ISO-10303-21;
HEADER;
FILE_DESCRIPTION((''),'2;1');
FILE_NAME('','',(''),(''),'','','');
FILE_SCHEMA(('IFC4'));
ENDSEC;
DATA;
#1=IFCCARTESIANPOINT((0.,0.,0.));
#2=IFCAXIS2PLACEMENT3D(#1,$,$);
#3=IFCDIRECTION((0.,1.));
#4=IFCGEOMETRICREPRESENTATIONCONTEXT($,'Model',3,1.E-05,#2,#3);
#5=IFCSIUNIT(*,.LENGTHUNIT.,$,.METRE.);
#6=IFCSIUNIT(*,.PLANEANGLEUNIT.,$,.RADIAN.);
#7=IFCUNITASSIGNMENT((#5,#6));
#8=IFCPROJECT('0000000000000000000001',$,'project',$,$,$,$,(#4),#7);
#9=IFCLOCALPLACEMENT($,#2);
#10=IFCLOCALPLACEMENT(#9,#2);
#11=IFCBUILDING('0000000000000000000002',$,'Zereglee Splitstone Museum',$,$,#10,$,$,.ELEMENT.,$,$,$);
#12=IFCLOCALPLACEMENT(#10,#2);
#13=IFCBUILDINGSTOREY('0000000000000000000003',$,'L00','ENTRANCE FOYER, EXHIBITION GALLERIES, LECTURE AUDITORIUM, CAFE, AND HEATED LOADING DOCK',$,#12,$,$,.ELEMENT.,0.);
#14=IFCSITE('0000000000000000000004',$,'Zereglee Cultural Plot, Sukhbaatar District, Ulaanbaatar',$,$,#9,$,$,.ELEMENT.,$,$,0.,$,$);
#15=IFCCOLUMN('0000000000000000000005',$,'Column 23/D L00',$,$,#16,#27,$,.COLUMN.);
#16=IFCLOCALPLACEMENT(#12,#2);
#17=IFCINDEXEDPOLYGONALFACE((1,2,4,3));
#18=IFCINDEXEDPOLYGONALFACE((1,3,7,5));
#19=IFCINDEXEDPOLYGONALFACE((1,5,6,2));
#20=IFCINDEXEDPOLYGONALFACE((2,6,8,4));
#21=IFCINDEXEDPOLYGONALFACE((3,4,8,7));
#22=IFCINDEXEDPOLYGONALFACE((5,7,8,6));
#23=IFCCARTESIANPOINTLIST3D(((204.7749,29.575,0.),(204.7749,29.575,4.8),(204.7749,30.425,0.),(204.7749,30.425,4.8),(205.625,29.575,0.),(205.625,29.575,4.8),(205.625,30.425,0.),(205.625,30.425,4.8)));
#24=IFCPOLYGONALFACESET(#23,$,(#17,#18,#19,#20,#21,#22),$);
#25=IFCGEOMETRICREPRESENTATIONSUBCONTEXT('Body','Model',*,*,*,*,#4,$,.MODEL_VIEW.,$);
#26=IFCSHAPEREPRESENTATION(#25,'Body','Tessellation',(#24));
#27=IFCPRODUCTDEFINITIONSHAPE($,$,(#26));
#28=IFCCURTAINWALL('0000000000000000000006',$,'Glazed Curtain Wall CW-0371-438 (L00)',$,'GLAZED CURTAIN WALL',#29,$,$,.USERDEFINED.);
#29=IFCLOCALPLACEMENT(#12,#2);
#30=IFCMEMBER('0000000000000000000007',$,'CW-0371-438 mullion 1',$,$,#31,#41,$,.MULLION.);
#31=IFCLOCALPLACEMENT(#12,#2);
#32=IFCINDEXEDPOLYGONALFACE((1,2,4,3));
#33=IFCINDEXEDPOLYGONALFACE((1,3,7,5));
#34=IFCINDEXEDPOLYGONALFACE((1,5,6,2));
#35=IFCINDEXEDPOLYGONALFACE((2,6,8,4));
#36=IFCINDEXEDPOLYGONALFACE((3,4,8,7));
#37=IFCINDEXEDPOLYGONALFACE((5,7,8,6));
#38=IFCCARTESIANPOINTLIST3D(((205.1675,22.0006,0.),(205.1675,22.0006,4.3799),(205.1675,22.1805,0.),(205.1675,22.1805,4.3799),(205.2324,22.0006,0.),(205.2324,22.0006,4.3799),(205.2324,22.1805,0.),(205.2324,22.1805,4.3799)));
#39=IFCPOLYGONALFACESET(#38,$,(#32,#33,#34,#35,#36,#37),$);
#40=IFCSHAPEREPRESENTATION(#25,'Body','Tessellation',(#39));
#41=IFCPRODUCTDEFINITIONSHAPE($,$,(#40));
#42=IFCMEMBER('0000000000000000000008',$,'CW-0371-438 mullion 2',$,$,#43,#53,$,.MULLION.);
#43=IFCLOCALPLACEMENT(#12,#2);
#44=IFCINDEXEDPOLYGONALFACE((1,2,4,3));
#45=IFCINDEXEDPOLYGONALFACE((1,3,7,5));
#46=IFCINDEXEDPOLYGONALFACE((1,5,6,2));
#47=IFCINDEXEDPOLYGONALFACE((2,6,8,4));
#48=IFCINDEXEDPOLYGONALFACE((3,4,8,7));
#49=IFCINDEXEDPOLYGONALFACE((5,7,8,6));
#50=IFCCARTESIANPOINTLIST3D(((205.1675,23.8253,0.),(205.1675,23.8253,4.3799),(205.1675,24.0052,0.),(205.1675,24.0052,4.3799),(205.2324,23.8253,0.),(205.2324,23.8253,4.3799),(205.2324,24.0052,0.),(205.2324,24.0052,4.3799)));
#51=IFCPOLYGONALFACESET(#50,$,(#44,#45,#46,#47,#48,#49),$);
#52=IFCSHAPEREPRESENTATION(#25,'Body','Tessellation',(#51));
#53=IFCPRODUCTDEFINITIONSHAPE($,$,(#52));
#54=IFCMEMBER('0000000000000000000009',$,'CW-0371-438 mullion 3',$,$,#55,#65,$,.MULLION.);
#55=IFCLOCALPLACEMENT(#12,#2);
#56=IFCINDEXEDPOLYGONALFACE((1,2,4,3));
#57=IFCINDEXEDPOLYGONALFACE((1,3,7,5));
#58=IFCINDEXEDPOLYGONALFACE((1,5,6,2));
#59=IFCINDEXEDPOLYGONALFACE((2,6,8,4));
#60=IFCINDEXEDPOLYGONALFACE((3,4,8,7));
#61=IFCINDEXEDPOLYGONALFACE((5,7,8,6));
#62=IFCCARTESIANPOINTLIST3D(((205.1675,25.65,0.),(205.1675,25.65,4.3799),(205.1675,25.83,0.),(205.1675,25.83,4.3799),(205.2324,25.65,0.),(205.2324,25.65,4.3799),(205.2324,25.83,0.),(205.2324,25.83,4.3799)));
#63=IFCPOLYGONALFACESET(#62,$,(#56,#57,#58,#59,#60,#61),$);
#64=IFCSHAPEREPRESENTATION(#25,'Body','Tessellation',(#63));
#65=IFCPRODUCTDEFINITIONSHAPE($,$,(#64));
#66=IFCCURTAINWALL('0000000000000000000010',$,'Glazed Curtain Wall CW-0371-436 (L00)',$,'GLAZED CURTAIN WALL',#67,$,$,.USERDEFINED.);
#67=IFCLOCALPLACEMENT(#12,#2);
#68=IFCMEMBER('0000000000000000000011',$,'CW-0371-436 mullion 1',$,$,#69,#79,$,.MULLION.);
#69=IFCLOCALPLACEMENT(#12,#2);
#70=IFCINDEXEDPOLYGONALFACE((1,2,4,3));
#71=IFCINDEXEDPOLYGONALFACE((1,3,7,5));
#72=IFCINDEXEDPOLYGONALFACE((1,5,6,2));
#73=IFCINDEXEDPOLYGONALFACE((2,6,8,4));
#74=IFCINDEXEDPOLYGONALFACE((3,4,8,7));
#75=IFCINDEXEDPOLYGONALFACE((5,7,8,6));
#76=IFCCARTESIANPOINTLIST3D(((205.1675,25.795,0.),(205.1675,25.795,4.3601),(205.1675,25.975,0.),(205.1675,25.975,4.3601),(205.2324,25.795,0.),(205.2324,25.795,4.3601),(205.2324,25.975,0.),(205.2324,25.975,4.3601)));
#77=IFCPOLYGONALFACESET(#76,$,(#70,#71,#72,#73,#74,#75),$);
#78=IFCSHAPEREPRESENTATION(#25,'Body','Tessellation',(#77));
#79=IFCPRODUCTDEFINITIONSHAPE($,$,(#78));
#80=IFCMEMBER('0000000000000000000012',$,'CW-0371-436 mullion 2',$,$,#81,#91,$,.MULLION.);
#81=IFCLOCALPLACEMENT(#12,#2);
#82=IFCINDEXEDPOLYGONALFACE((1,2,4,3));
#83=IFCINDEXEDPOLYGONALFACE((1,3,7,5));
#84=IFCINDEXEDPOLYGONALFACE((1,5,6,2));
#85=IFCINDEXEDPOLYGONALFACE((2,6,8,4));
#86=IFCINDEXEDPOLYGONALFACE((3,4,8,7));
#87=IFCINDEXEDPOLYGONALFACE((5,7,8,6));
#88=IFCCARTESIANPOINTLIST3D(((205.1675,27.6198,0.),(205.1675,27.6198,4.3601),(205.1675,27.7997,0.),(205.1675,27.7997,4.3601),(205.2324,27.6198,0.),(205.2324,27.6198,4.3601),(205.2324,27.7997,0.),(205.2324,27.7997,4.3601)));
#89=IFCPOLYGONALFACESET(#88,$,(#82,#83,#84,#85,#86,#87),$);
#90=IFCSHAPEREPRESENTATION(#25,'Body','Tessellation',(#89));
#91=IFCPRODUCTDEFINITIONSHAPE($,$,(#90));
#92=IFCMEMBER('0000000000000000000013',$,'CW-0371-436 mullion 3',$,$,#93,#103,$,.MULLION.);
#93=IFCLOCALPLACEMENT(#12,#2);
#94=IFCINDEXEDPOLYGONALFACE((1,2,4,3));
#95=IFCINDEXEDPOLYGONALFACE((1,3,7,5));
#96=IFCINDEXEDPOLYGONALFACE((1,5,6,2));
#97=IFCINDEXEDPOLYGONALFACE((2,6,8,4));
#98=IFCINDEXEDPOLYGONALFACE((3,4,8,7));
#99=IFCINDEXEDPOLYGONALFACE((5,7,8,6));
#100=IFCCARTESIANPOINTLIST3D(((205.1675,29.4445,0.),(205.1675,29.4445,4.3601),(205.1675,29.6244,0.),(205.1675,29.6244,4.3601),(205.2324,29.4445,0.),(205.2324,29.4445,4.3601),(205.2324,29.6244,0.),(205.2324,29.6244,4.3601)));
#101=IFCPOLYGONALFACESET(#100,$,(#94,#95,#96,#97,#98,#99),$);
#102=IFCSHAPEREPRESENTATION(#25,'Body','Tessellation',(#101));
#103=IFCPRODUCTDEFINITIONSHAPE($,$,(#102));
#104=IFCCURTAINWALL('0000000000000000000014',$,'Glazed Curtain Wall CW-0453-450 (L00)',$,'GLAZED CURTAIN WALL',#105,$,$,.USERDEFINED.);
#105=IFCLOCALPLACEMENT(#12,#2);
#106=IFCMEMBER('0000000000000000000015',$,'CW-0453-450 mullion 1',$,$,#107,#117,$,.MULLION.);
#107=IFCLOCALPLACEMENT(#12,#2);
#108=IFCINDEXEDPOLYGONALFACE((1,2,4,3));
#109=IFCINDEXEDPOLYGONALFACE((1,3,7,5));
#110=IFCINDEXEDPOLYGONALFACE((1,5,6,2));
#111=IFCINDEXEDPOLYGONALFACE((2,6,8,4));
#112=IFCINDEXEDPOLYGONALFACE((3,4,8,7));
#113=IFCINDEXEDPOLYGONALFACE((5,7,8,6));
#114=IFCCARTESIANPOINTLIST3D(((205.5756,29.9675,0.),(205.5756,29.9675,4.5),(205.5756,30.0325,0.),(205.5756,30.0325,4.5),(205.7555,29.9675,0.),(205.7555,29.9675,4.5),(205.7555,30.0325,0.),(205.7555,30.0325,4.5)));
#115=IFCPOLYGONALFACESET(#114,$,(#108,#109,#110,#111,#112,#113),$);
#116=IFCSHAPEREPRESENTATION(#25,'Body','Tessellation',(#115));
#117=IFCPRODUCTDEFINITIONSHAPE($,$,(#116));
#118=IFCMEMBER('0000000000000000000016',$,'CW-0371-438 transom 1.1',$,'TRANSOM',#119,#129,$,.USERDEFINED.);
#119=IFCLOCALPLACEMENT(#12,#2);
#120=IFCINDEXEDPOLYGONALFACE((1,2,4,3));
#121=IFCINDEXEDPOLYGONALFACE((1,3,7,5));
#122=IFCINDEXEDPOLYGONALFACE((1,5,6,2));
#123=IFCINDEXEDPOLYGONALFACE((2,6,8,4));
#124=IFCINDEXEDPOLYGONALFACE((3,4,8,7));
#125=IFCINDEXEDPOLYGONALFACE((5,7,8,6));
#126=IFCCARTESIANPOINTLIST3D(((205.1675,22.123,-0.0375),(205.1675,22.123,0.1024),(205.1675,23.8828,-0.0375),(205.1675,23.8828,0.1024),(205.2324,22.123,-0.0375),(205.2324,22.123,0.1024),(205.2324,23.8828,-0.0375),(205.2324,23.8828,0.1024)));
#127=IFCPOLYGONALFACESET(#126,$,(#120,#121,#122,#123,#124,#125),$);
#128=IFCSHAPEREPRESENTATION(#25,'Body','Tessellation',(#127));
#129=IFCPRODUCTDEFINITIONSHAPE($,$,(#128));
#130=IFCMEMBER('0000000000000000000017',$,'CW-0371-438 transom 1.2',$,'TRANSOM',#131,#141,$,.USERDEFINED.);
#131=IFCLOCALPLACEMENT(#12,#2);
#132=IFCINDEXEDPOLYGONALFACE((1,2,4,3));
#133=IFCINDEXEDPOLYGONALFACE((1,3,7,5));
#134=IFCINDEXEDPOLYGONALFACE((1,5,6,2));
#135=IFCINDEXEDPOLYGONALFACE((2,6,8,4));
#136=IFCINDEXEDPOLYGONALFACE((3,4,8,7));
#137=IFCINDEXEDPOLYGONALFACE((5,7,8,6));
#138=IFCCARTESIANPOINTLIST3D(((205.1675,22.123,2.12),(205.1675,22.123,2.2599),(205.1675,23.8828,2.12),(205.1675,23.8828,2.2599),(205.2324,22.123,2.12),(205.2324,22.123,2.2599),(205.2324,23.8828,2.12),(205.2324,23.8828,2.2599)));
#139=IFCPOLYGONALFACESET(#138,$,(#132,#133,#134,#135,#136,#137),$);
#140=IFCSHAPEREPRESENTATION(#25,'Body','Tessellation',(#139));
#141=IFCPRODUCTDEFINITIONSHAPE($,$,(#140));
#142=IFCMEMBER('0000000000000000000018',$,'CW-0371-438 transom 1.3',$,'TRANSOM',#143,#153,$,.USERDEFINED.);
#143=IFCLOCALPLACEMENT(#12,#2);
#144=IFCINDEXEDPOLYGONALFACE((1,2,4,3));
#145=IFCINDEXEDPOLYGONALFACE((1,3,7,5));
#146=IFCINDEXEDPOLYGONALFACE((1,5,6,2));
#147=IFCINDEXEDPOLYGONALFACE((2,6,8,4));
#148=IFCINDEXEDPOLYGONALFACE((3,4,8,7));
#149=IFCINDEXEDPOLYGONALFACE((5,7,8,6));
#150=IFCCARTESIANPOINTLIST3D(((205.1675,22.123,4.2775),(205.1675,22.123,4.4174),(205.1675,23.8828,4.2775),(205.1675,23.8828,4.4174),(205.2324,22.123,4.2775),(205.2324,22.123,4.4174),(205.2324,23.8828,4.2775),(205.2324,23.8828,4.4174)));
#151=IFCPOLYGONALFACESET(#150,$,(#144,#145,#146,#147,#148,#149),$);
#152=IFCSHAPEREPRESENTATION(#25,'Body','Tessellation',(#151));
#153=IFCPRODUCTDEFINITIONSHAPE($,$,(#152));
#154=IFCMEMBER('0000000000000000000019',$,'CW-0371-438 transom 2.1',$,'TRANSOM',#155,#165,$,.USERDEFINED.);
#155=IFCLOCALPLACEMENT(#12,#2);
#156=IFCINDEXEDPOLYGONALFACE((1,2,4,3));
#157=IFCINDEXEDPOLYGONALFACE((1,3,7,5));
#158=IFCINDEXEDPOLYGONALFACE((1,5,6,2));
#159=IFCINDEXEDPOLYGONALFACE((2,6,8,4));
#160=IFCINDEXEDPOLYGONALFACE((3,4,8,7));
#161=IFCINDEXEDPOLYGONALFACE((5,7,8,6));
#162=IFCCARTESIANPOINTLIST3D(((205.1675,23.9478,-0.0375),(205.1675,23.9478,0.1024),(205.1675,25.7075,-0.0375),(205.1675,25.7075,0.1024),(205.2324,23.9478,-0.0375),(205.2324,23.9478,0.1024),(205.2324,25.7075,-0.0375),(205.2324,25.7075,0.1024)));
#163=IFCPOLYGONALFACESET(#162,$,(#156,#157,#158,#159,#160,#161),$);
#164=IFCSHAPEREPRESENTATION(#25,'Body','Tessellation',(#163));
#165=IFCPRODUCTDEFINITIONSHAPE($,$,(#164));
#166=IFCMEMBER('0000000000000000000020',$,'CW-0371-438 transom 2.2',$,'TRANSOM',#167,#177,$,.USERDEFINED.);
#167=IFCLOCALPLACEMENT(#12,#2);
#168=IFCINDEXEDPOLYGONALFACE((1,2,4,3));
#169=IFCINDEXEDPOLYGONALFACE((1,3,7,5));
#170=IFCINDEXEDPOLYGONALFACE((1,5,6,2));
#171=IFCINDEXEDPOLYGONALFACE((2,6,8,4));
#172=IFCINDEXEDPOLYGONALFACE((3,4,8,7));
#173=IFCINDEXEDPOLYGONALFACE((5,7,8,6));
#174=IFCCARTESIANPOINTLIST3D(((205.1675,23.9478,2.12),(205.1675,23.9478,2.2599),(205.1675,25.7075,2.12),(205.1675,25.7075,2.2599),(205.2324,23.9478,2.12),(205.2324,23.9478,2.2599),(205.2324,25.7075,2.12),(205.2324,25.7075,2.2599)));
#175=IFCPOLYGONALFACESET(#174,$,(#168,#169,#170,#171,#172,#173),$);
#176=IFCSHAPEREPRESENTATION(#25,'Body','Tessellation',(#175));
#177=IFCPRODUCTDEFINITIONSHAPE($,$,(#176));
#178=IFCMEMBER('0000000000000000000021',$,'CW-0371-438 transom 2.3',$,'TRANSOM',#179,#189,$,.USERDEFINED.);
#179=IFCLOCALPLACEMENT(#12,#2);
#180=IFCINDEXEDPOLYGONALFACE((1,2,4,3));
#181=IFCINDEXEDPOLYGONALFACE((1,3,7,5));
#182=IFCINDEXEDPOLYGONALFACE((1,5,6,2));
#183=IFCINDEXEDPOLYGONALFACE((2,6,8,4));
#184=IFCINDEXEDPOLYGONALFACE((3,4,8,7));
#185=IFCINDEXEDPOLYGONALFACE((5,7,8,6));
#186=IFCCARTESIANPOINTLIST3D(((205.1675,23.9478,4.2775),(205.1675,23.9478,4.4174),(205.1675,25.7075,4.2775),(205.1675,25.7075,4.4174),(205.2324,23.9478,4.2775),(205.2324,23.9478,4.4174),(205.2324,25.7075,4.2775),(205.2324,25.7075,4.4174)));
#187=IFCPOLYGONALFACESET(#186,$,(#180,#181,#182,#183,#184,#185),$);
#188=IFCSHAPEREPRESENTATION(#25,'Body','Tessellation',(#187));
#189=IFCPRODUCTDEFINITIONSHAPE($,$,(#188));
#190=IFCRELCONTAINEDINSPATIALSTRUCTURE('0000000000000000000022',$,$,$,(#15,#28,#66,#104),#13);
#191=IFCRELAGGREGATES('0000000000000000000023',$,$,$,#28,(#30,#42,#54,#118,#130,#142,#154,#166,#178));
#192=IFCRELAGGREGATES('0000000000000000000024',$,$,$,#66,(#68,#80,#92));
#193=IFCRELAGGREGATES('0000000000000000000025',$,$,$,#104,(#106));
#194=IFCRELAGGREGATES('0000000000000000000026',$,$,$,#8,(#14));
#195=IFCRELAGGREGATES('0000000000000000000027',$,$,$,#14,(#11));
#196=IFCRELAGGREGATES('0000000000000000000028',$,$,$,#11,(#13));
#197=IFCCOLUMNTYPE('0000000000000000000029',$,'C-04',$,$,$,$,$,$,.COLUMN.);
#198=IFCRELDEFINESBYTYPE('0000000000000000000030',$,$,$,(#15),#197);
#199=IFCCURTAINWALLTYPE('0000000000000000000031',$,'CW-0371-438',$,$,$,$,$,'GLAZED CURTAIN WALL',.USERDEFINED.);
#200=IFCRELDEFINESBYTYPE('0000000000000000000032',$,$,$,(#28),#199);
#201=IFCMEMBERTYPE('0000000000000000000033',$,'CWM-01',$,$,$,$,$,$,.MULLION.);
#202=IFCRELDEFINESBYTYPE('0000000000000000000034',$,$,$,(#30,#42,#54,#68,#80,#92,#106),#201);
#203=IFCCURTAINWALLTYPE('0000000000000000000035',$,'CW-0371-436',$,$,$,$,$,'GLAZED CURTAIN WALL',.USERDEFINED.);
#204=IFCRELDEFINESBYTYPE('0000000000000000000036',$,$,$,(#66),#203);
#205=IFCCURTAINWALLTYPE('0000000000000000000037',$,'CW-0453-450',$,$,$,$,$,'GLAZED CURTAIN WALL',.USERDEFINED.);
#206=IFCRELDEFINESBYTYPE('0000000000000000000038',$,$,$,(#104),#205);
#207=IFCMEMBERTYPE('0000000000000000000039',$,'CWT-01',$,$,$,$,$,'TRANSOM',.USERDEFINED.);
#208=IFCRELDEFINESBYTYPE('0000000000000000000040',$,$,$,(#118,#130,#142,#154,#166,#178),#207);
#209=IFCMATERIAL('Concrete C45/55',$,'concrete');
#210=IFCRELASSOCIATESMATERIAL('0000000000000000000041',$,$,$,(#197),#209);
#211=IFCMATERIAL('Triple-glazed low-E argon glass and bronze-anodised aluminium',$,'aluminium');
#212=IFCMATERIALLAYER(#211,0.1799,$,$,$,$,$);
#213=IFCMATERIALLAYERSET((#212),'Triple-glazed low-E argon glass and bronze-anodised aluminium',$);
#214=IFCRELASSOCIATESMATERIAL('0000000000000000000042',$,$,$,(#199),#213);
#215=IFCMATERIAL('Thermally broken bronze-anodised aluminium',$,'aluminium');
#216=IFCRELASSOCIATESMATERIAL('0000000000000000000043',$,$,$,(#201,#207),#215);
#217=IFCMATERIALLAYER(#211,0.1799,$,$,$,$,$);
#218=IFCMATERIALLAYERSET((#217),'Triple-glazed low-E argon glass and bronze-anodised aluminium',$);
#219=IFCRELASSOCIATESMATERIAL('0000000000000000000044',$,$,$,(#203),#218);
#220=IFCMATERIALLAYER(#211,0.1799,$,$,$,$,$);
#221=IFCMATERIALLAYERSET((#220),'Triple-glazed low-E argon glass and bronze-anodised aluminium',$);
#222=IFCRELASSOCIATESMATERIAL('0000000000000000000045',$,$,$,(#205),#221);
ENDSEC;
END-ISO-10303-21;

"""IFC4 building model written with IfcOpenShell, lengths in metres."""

from ifc_helpers import new_model, si_unit, direction, frame, origin, origin_2d, place, context, subcontext, project, spatial, rectangle, extrude, material, layer, layer_set, material_profile, profile_set, type_object, element, aggregate, save


model = new_model("IFC4")

# Units and contexts
model_context = context("Model", 3, precision=1e-05, world=origin(), true_north=direction((0.0, 1.0)))
body_context = subcontext(model_context, "Body", "Model", "MODEL_VIEW")
ifc_project = project(units=[si_unit("LENGTHUNIT", "METRE"), si_unit("PLANEANGLEUNIT", "RADIAN")], contexts=[model_context])

# Site, building, storey
site_placement = place(None, origin())
site = spatial("IfcSite", under=ifc_project, at=site_placement, Name="Zereglee Cultural Plot, Sukhbaatar District, Ulaanbaatar", CompositionType="ELEMENT", RefElevation=0.0)
building_placement = place(site_placement, origin())
building = spatial("IfcBuilding", under=site, at=building_placement, Name="Zereglee Splitstone Museum", CompositionType="ELEMENT")
storey_placement = place(building_placement, origin())
storey = spatial("IfcBuildingStorey", under=building, at=storey_placement, Name="L00", Description="ENTRANCE FOYER, EXHIBITION GALLERIES, LECTURE AUDITORIUM, CAFE, AND HEATED LOADING DOCK", CompositionType="ELEMENT", Elevation=0.0)

# Column
ifc_material_1 = material(Name="Concrete C45/55", Category="concrete")
ifc_material_profile_1 = material_profile(ifc_material_1, rectangle(XDim=0.8501, YDim=0.8501, at=origin_2d()), Name="RC 850x850")
ifc_profile_set_1 = profile_set([ifc_material_profile_1], Name="Concrete C45/55")
column_type = type_object("IfcColumnType", Name="C-04", PredefinedType="COLUMN", material=ifc_profile_set_1)
column_placement = place(storey_placement, frame((205.2, 30.0, 0.0), z_axis=(0.0, 0.0, 1.0), x_axis=(1.0, 0.0, 0.0)))
element("IfcColumn", 1, at=column_placement, inside=storey, type_object=column_type, Name="Column 23/D L00", PredefinedType="COLUMN", context=body_context, shape_type="SweptSolid", body=[
    extrude(rectangle(XDim=0.8501, YDim=0.8501, at=origin_2d()), origin(), (0.0, 0.0, 1.0), 4.8),
])

# Curtain walls, members
ifc_material_2 = material(Name="Triple-glazed low-E argon glass and bronze-anodised aluminium", Category="aluminium")
ifc_layer_1 = layer(ifc_material_2, 0.1799)
ifc_layer_set_1 = layer_set([ifc_layer_1], Name="Triple-glazed low-E argon glass and bronze-anodised aluminium")
curtain_wall_type_1 = type_object("IfcCurtainWallType", Name="CW-0371-438", ElementType="GLAZED CURTAIN WALL", PredefinedType="USERDEFINED", material=ifc_layer_set_1)
curtain_wall_1_placement = place(storey_placement, origin())
curtain_wall_1 = element("IfcCurtainWall", 2, at=curtain_wall_1_placement, inside=storey, type_object=curtain_wall_type_1, Name="Glazed Curtain Wall CW-0371-438 (L00)", ObjectType="GLAZED CURTAIN WALL", PredefinedType="USERDEFINED")
ifc_material_3 = material(Name="Thermally broken bronze-anodised aluminium", Category="aluminium")
ifc_material_profile_2 = material_profile(ifc_material_3, rectangle(XDim=0.0649, YDim=0.1799, at=origin_2d()), Name="CW MULL 65x180")
ifc_profile_set_2 = profile_set([ifc_material_profile_2], Name="Thermally broken bronze-anodised aluminium")
member_type_1 = type_object("IfcMemberType", Name="CWM-01", PredefinedType="MULLION", material=ifc_profile_set_2)
member_1_placement = place(storey_placement, frame((205.2, 22.0906, 0.0), z_axis=(0.0, 0.0, 1.0), x_axis=(-1.0, 0.0, 0.0)))
member_1 = element("IfcMember", 3, at=member_1_placement, type_object=member_type_1, Name="CW-0371-438 mullion 1", PredefinedType="MULLION", context=body_context, shape_type="SweptSolid", body=[
    extrude(rectangle(XDim=0.0649, YDim=0.1799, at=origin_2d()), origin(), (0.0, 0.0, 1.0), 4.3799),
])
member_2_placement = place(storey_placement, frame((205.2, 23.9153, 0.0), z_axis=(0.0, 0.0, 1.0), x_axis=(-1.0, 0.0, 0.0)))
member_2 = element("IfcMember", 4, at=member_2_placement, type_object=member_type_1, Name="CW-0371-438 mullion 2", PredefinedType="MULLION", context=body_context, shape_type="SweptSolid", body=[
    extrude(rectangle(XDim=0.0649, YDim=0.1799, at=origin_2d()), origin(), (0.0, 0.0, 1.0), 4.3799),
])
member_3_placement = place(storey_placement, frame((205.2, 25.74, 0.0), z_axis=(0.0, 0.0, 1.0), x_axis=(-1.0, 0.0, 0.0)))
member_3 = element("IfcMember", 5, at=member_3_placement, type_object=member_type_1, Name="CW-0371-438 mullion 3", PredefinedType="MULLION", context=body_context, shape_type="SweptSolid", body=[
    extrude(rectangle(XDim=0.0649, YDim=0.1799, at=origin_2d()), origin(), (0.0, 0.0, 1.0), 4.3799),
])
ifc_layer_2 = layer(ifc_material_2, 0.1799)
ifc_layer_set_2 = layer_set([ifc_layer_2], Name="Triple-glazed low-E argon glass and bronze-anodised aluminium")
curtain_wall_type_2 = type_object("IfcCurtainWallType", Name="CW-0371-436", ElementType="GLAZED CURTAIN WALL", PredefinedType="USERDEFINED", material=ifc_layer_set_2)
curtain_wall_2_placement = place(storey_placement, origin())
curtain_wall_2 = element("IfcCurtainWall", 6, at=curtain_wall_2_placement, inside=storey, type_object=curtain_wall_type_2, Name="Glazed Curtain Wall CW-0371-436 (L00)", ObjectType="GLAZED CURTAIN WALL", PredefinedType="USERDEFINED")
member_4_placement = place(storey_placement, frame((205.2, 25.885, 0.0), z_axis=(0.0, 0.0, 1.0), x_axis=(-1.0, 0.0, 0.0)))
member_4 = element("IfcMember", 7, at=member_4_placement, type_object=member_type_1, Name="CW-0371-436 mullion 1", PredefinedType="MULLION", context=body_context, shape_type="SweptSolid", body=[
    extrude(rectangle(XDim=0.0649, YDim=0.1799, at=origin_2d()), origin(), (0.0, 0.0, 1.0), 4.3601),
])
member_5_placement = place(storey_placement, frame((205.2, 27.7097, 0.0), z_axis=(0.0, 0.0, 1.0), x_axis=(-1.0, 0.0, 0.0)))
member_5 = element("IfcMember", 8, at=member_5_placement, type_object=member_type_1, Name="CW-0371-436 mullion 2", PredefinedType="MULLION", context=body_context, shape_type="SweptSolid", body=[
    extrude(rectangle(XDim=0.0649, YDim=0.1799, at=origin_2d()), origin(), (0.0, 0.0, 1.0), 4.3601),
])
member_6_placement = place(storey_placement, frame((205.2, 29.5344, 0.0), z_axis=(0.0, 0.0, 1.0), x_axis=(-1.0, 0.0, 0.0)))
member_6 = element("IfcMember", 9, at=member_6_placement, type_object=member_type_1, Name="CW-0371-436 mullion 3", PredefinedType="MULLION", context=body_context, shape_type="SweptSolid", body=[
    extrude(rectangle(XDim=0.0649, YDim=0.1799, at=origin_2d()), origin(), (0.0, 0.0, 1.0), 4.3601),
])

# Curtain wall, member
ifc_layer_3 = layer(ifc_material_2, 0.1799)
ifc_layer_set_3 = layer_set([ifc_layer_3], Name="Triple-glazed low-E argon glass and bronze-anodised aluminium")
curtain_wall_type_3 = type_object("IfcCurtainWallType", Name="CW-0453-450", ElementType="GLAZED CURTAIN WALL", PredefinedType="USERDEFINED", material=ifc_layer_set_3)
curtain_wall_3_placement = place(storey_placement, origin())
curtain_wall_3 = element("IfcCurtainWall", 10, at=curtain_wall_3_placement, inside=storey, type_object=curtain_wall_type_3, Name="Glazed Curtain Wall CW-0453-450 (L00)", ObjectType="GLAZED CURTAIN WALL", PredefinedType="USERDEFINED")
member_7_placement = place(storey_placement, frame((205.6655, 30.0, 0.0), z_axis=(0.0, 0.0, 1.0), x_axis=(0.0, 1.0, 0.0)))
member_7 = element("IfcMember", 11, at=member_7_placement, type_object=member_type_1, Name="CW-0453-450 mullion 1", PredefinedType="MULLION", context=body_context, shape_type="SweptSolid", body=[
    extrude(rectangle(XDim=0.0649, YDim=0.1799, at=origin_2d()), origin(), (0.0, 0.0, 1.0), 4.5),
])

# Members
ifc_material_profile_3 = material_profile(ifc_material_3, rectangle(XDim=0.0649, YDim=0.1399, at=origin_2d()), Name="CW TRAN 65x140")
ifc_profile_set_3 = profile_set([ifc_material_profile_3], Name="Thermally broken bronze-anodised aluminium")
member_type_2 = type_object("IfcMemberType", Name="CWT-01", ElementType="TRANSOM", PredefinedType="USERDEFINED", material=ifc_profile_set_3)
member_8_placement = place(storey_placement, frame((205.2, 22.123, 0.0325), z_axis=(0.0, 1.0, 0.0), x_axis=(-1.0, 0.0, 0.0)))
member_8 = element("IfcMember", 12, at=member_8_placement, type_object=member_type_2, Name="CW-0371-438 transom 1.1", ObjectType="TRANSOM", PredefinedType="USERDEFINED", context=body_context, shape_type="SweptSolid", body=[
    extrude(rectangle(XDim=0.0649, YDim=0.1399, at=origin_2d()), origin(), (0.0, 0.0, 1.0), 1.7598),
])
member_9_placement = place(storey_placement, frame((205.2, 22.123, 2.1899), z_axis=(0.0, 1.0, 0.0), x_axis=(-1.0, 0.0, 0.0)))
member_9 = element("IfcMember", 13, at=member_9_placement, type_object=member_type_2, Name="CW-0371-438 transom 1.2", ObjectType="TRANSOM", PredefinedType="USERDEFINED", context=body_context, shape_type="SweptSolid", body=[
    extrude(rectangle(XDim=0.0649, YDim=0.1399, at=origin_2d()), origin(), (0.0, 0.0, 1.0), 1.7598),
])
member_10_placement = place(storey_placement, frame((205.2, 22.123, 4.3474), z_axis=(0.0, 1.0, 0.0), x_axis=(-1.0, 0.0, 0.0)))
member_10 = element("IfcMember", 14, at=member_10_placement, type_object=member_type_2, Name="CW-0371-438 transom 1.3", ObjectType="TRANSOM", PredefinedType="USERDEFINED", context=body_context, shape_type="SweptSolid", body=[
    extrude(rectangle(XDim=0.0649, YDim=0.1399, at=origin_2d()), origin(), (0.0, 0.0, 1.0), 1.7598),
])
member_11_placement = place(storey_placement, frame((205.2, 23.9478, 0.0325), z_axis=(0.0, 1.0, 0.0), x_axis=(-1.0, 0.0, 0.0)))
member_11 = element("IfcMember", 15, at=member_11_placement, type_object=member_type_2, Name="CW-0371-438 transom 2.1", ObjectType="TRANSOM", PredefinedType="USERDEFINED", context=body_context, shape_type="SweptSolid", body=[
    extrude(rectangle(XDim=0.0649, YDim=0.1399, at=origin_2d()), origin(), (0.0, 0.0, 1.0), 1.7598),
])
member_12_placement = place(storey_placement, frame((205.2, 23.9478, 2.1899), z_axis=(0.0, 1.0, 0.0), x_axis=(-1.0, 0.0, 0.0)))
member_12 = element("IfcMember", 16, at=member_12_placement, type_object=member_type_2, Name="CW-0371-438 transom 2.2", ObjectType="TRANSOM", PredefinedType="USERDEFINED", context=body_context, shape_type="SweptSolid", body=[
    extrude(rectangle(XDim=0.0649, YDim=0.1399, at=origin_2d()), origin(), (0.0, 0.0, 1.0), 1.7598),
])
member_13_placement = place(storey_placement, frame((205.2, 23.9478, 4.3474), z_axis=(0.0, 1.0, 0.0), x_axis=(-1.0, 0.0, 0.0)))
member_13 = element("IfcMember", 17, at=member_13_placement, type_object=member_type_2, Name="CW-0371-438 transom 2.3", ObjectType="TRANSOM", PredefinedType="USERDEFINED", context=body_context, shape_type="SweptSolid", body=[
    extrude(rectangle(XDim=0.0649, YDim=0.1399, at=origin_2d()), origin(), (0.0, 0.0, 1.0), 1.7598),
])

aggregate(curtain_wall_1, [member_1, member_2, member_3, member_8, member_9, member_10, member_11, member_12, member_13])
aggregate(curtain_wall_2, [member_4, member_5, member_6])
aggregate(curtain_wall_3, [member_7])

save(model, "model.ifc")
